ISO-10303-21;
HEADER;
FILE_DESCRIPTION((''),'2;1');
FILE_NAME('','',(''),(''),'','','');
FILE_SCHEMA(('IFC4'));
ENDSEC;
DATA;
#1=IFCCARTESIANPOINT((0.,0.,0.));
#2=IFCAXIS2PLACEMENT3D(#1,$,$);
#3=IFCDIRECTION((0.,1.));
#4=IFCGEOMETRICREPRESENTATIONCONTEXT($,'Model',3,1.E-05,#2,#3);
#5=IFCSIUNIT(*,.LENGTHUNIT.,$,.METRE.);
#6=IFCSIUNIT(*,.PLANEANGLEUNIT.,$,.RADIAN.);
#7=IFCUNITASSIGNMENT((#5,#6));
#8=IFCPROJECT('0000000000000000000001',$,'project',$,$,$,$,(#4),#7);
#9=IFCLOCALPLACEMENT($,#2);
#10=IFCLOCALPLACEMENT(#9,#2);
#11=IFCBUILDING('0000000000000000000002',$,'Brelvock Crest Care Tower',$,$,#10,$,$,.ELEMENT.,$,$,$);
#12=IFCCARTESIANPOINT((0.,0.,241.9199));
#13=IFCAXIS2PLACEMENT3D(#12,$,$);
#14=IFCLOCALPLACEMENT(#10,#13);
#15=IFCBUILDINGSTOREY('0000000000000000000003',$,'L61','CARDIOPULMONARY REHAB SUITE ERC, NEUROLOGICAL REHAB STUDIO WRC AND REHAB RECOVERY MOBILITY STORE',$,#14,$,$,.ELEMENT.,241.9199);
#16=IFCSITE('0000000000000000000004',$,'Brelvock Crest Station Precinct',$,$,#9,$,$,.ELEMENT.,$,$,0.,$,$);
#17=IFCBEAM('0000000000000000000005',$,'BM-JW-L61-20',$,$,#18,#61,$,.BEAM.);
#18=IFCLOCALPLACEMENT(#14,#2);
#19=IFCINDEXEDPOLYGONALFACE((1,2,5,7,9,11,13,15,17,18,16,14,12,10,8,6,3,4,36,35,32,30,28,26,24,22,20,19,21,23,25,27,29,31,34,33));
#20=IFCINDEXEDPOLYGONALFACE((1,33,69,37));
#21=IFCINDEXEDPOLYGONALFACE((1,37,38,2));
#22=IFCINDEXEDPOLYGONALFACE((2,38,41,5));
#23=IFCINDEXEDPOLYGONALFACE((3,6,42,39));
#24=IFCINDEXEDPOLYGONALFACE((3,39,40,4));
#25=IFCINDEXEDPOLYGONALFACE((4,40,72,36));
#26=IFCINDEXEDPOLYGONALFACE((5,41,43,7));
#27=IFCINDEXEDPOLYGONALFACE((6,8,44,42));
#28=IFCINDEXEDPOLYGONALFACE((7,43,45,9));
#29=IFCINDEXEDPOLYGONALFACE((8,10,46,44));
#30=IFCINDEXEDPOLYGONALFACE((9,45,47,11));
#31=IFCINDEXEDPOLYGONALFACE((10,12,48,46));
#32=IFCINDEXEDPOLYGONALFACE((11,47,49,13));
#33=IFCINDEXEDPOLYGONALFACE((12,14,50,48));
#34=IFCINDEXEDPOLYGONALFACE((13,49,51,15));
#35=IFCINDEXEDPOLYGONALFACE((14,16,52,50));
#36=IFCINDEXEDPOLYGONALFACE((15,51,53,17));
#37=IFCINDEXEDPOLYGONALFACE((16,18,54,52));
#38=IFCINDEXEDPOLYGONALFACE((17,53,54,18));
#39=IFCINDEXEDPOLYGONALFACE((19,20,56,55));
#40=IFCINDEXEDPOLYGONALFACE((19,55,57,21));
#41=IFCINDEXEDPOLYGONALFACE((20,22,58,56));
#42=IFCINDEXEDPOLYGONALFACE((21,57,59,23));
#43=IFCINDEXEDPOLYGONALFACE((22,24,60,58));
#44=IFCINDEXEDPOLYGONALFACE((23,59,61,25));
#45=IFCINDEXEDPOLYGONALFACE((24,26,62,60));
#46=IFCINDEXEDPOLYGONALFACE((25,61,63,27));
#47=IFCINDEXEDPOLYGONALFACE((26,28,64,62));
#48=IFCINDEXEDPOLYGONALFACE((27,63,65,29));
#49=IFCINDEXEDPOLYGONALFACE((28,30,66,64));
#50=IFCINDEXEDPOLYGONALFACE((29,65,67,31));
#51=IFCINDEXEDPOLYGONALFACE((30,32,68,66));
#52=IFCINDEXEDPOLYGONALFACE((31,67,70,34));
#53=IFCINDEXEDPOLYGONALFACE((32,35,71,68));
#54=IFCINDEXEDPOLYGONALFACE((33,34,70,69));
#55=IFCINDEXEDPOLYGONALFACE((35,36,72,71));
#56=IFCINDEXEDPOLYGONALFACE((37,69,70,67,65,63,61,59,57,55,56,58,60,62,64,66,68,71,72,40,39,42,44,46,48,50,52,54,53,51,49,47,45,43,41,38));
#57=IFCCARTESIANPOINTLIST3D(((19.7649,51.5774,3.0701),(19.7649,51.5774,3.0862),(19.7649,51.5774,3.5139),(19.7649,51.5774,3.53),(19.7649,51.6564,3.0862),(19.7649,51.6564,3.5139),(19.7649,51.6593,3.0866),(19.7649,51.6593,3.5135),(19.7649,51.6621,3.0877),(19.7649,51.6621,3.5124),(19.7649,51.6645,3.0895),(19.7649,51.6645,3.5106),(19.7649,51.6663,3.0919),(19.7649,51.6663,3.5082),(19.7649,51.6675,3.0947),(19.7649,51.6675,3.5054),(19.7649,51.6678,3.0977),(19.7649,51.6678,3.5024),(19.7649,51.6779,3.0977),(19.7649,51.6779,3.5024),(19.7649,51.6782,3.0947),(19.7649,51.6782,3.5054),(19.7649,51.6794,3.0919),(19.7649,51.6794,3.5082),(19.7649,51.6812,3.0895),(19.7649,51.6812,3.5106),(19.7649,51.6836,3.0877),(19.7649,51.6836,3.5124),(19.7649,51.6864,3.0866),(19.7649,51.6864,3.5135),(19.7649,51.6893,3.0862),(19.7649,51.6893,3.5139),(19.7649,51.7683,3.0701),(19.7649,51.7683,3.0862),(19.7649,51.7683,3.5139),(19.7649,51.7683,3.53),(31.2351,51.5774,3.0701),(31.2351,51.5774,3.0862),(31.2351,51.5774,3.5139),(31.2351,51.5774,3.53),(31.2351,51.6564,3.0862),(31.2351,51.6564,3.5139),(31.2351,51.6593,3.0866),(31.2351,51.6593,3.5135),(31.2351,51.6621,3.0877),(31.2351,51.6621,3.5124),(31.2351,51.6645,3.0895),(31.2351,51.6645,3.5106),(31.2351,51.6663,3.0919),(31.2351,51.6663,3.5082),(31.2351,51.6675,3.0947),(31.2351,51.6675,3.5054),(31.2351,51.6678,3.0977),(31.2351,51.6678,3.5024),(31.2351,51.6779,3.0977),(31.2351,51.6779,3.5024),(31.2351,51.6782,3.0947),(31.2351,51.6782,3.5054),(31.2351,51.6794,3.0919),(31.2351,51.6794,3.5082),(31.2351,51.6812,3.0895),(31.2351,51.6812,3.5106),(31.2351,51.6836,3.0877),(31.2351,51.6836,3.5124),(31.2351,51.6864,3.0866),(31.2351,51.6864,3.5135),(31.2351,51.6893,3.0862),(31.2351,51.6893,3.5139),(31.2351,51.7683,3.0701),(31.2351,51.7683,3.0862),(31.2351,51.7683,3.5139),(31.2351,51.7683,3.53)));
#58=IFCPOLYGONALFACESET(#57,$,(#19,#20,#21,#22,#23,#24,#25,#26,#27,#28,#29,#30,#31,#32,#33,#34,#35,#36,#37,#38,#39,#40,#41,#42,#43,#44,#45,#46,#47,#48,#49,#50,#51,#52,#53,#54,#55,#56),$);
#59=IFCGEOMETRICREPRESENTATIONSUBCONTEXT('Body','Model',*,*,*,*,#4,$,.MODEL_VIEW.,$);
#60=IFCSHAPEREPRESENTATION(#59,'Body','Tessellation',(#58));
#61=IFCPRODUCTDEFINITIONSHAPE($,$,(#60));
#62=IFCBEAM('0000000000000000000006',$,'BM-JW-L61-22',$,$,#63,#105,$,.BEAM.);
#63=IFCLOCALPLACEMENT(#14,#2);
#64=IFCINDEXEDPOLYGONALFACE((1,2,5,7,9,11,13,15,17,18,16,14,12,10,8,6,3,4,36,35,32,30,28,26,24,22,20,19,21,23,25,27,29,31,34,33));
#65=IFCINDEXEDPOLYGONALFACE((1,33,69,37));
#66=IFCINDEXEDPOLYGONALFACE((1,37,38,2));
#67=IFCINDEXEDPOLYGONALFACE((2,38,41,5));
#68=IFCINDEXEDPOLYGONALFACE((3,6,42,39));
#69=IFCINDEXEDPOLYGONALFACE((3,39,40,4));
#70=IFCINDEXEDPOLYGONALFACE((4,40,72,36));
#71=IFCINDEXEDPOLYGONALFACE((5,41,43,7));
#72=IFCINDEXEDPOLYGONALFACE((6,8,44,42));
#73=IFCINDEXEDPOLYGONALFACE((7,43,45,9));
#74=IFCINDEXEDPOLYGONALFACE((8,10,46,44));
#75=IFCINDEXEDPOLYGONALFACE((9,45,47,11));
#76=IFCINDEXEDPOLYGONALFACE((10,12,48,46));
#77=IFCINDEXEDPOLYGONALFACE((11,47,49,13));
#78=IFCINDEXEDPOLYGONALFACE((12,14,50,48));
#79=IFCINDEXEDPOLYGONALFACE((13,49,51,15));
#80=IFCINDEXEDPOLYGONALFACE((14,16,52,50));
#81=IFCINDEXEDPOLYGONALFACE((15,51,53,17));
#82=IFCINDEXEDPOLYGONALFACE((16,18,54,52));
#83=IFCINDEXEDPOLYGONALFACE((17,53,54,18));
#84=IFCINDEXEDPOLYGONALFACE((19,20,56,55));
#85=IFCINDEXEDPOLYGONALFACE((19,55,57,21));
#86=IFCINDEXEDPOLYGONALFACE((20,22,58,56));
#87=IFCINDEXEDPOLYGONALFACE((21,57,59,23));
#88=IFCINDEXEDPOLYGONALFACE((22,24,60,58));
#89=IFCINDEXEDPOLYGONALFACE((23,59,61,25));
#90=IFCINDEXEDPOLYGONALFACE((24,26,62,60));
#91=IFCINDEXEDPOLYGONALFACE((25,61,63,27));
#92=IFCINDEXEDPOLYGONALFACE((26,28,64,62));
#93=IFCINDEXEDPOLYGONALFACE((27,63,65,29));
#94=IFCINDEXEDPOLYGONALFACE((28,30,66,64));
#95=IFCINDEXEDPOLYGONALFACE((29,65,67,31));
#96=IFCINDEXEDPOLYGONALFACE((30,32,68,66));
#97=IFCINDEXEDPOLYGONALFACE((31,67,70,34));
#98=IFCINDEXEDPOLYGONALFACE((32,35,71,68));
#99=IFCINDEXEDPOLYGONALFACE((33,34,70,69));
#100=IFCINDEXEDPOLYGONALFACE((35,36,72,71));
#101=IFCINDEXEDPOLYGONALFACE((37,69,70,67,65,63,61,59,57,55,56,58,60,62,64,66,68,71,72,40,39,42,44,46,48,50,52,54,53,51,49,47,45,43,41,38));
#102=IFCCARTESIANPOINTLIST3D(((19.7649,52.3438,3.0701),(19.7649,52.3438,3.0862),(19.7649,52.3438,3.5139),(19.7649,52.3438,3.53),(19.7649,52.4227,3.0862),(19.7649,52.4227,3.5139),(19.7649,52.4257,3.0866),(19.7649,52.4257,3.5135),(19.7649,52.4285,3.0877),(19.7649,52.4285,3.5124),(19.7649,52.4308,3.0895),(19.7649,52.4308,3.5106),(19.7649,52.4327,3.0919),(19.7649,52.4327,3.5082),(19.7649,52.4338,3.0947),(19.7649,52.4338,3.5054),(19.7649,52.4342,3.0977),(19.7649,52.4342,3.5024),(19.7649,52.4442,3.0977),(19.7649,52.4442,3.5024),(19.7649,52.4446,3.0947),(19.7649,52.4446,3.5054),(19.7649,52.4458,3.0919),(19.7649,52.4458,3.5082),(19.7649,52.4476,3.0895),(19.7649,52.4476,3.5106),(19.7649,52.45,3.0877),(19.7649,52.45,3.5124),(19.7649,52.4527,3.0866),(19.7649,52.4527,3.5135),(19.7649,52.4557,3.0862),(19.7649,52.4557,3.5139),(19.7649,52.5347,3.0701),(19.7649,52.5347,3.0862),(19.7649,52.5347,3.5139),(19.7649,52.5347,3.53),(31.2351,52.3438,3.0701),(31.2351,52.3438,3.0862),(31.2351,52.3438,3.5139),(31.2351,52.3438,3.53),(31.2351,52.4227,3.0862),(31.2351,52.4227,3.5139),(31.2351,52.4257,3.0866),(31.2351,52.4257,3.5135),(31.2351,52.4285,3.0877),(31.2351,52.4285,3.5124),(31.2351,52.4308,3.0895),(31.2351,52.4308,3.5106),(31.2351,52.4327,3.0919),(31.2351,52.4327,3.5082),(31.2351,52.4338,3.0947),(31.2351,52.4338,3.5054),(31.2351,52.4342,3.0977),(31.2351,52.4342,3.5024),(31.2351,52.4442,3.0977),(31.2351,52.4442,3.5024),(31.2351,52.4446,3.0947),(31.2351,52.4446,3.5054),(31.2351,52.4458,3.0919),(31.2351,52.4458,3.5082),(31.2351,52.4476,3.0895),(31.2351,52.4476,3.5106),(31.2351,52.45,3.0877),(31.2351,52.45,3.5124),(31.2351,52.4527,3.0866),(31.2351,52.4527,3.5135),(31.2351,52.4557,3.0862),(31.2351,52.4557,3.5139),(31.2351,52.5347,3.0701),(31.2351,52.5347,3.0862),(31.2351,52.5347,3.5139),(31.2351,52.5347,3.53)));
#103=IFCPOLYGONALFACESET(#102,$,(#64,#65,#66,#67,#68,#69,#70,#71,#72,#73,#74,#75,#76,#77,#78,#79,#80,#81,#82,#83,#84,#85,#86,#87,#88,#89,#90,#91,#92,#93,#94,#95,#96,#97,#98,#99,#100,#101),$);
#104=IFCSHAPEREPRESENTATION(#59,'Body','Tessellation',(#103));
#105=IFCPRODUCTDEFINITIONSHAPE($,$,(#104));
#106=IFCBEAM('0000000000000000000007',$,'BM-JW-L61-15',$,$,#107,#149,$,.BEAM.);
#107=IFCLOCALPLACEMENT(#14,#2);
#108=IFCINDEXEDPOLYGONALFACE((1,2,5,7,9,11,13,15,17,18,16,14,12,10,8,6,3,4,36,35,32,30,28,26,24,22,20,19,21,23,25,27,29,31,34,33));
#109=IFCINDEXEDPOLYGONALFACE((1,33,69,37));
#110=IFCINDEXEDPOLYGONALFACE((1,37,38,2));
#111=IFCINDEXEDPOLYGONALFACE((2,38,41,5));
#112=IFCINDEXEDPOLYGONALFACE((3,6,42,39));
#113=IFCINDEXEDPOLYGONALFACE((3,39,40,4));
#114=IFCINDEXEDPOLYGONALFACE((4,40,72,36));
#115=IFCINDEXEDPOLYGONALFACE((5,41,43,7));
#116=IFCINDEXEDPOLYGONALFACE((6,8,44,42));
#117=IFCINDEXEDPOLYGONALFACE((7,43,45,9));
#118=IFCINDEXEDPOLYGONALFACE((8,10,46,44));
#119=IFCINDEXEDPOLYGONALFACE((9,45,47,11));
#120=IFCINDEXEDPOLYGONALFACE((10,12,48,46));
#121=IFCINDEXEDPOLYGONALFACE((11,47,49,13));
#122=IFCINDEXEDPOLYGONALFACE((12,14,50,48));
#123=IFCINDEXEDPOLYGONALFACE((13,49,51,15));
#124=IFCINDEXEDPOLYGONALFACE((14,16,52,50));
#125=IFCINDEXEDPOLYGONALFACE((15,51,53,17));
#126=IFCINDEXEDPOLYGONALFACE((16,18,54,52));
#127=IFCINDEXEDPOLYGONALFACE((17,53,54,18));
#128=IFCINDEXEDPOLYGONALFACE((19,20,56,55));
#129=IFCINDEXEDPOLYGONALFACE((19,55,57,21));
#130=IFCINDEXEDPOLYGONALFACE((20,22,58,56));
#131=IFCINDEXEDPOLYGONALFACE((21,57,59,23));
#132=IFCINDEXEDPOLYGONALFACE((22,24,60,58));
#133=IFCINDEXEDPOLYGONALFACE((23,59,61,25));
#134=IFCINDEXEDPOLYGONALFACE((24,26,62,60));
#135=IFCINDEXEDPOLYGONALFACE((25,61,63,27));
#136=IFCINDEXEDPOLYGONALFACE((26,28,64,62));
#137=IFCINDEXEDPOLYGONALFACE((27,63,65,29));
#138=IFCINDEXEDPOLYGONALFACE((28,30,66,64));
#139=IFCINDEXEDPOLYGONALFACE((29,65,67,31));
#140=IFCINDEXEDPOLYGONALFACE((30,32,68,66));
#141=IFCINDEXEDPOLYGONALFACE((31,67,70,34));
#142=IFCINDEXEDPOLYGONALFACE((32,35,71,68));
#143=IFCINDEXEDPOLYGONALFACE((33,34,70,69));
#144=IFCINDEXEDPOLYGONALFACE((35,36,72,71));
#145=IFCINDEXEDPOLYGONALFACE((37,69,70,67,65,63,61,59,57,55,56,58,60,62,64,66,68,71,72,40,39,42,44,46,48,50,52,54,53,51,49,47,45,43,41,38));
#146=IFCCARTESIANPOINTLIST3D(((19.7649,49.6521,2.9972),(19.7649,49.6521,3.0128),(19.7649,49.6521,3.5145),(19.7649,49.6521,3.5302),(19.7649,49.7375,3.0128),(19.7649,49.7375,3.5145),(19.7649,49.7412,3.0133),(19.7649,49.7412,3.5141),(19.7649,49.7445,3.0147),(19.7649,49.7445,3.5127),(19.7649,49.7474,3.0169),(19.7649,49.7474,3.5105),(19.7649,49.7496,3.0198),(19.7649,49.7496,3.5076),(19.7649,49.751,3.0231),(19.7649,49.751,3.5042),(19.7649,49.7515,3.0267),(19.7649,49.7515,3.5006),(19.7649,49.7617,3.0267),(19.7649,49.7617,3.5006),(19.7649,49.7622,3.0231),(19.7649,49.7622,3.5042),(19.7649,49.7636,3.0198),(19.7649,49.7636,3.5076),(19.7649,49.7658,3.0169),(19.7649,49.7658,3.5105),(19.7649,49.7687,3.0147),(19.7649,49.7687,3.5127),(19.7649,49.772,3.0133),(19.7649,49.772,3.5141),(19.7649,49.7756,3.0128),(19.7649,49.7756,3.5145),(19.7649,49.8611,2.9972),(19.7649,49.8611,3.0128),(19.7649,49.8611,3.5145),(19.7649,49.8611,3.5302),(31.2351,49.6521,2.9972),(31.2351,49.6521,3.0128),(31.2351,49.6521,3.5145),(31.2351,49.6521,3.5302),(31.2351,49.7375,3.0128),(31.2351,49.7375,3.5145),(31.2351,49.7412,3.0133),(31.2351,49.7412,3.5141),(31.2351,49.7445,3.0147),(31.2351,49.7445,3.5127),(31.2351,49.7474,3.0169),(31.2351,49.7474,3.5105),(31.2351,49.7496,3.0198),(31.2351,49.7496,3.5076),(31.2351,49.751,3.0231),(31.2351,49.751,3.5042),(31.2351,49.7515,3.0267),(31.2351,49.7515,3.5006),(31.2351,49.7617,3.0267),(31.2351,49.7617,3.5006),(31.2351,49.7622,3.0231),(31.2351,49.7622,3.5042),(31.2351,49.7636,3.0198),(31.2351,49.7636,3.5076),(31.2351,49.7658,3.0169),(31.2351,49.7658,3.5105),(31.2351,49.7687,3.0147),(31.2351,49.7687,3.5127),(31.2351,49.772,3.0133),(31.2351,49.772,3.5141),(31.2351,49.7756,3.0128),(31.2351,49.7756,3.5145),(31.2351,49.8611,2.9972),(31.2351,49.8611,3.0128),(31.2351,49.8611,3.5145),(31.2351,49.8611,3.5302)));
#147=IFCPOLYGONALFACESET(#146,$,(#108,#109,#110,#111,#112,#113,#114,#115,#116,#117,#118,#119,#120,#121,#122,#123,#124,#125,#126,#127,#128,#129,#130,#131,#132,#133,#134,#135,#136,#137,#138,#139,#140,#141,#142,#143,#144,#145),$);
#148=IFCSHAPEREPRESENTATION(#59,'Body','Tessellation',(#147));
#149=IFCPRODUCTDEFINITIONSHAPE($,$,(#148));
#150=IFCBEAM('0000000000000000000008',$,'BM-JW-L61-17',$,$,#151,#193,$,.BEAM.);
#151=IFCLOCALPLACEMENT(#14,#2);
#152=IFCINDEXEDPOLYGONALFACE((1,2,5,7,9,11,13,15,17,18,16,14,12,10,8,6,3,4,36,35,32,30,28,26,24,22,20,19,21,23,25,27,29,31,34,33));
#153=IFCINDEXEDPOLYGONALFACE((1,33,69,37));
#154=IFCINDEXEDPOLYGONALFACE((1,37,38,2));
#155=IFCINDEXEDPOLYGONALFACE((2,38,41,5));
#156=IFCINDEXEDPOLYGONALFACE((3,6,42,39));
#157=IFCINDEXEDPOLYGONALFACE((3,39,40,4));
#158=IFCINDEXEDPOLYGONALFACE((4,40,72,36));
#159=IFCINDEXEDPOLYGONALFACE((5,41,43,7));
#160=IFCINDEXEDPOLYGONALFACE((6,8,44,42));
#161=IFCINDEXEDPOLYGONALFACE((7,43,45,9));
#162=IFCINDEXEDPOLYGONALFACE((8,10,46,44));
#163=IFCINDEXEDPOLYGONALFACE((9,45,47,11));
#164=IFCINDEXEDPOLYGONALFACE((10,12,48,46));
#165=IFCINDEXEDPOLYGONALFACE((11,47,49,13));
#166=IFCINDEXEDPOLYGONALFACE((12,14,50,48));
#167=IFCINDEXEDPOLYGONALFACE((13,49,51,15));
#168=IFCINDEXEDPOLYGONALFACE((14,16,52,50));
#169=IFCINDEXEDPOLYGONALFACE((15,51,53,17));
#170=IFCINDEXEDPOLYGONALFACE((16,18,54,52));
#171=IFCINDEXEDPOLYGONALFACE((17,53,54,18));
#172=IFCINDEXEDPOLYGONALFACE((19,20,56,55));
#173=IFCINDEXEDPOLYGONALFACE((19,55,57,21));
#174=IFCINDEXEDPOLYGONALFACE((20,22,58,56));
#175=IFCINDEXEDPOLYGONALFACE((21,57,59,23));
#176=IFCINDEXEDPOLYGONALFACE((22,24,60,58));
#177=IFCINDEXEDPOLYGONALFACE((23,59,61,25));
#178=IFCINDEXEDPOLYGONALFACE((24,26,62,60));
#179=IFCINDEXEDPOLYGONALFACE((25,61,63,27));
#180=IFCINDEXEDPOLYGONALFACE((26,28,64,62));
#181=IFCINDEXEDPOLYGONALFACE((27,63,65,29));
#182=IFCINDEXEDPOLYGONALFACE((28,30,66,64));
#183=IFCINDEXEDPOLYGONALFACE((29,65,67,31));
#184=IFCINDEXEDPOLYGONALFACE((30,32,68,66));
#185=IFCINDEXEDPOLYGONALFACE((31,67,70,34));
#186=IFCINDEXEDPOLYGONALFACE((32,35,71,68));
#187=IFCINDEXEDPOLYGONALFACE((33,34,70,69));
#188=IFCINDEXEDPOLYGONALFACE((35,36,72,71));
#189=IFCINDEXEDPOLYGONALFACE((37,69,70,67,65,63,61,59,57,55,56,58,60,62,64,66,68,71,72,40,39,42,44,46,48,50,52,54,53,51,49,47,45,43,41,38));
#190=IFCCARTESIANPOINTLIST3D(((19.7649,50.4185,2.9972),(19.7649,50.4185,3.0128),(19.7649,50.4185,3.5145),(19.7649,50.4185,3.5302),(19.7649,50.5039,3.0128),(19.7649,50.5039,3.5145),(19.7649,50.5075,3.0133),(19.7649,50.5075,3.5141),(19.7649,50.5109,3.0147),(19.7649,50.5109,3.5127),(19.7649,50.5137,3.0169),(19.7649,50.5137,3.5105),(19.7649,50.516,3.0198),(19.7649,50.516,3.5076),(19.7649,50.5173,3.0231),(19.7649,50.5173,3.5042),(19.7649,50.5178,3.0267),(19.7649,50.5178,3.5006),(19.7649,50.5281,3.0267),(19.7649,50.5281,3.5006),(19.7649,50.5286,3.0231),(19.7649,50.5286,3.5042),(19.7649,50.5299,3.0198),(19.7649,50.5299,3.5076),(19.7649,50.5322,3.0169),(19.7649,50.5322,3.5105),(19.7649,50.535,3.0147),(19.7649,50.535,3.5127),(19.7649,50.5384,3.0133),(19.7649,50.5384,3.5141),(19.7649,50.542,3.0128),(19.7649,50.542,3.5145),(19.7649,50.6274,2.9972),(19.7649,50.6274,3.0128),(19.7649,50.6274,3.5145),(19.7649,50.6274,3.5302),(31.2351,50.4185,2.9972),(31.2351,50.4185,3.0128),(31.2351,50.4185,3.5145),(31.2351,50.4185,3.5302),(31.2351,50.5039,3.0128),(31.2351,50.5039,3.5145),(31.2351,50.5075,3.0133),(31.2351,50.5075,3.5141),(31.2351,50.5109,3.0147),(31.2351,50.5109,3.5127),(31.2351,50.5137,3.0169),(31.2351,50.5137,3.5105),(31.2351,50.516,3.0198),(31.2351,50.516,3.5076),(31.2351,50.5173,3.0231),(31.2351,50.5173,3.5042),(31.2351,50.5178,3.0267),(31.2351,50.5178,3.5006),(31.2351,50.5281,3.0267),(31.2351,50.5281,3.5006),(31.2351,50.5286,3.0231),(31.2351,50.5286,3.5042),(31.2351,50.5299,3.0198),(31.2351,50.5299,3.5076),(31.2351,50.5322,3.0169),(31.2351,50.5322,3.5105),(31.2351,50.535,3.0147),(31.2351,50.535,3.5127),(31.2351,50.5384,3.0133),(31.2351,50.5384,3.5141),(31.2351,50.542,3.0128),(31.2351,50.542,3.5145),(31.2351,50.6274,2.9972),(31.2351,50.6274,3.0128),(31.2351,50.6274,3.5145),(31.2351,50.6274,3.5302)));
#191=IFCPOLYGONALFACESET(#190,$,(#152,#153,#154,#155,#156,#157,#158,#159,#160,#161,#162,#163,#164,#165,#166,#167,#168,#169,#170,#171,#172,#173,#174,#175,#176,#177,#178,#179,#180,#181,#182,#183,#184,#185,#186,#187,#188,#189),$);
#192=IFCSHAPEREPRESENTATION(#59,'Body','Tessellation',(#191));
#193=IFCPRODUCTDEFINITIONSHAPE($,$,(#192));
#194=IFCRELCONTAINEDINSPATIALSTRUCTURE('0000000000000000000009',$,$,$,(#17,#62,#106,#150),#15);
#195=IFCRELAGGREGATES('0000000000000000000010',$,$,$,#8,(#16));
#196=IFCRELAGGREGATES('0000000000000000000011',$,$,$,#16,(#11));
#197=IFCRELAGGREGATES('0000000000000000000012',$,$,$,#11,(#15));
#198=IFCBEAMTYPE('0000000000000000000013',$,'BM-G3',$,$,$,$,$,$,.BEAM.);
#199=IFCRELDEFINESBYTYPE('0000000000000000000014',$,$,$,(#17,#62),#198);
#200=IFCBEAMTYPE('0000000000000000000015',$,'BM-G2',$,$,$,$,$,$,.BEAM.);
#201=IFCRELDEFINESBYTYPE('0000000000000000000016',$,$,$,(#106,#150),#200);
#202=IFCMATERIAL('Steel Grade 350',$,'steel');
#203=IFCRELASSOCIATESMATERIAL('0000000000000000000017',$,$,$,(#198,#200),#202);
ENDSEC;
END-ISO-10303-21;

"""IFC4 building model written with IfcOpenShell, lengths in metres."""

from ifc_helpers import new_model, si_unit, direction, frame, origin, origin_2d, place, context, subcontext, project, spatial, i_section, extrude, source, transform, mapped, material, material_profile, profile_set, type_object, element, save


model = new_model("IFC4")

# Units and contexts
model_context = context("Model", 3, precision=1e-05, world=origin(), true_north=direction((0.0, 1.0)))
body_context = subcontext(model_context, "Body", "Model", "MODEL_VIEW")
ifc_project = project(units=[si_unit("LENGTHUNIT", "METRE"), si_unit("PLANEANGLEUNIT", "RADIAN")], contexts=[model_context])

# Site, building, storey
site_placement = place(None, origin())
site = spatial("IfcSite", under=ifc_project, at=site_placement, Name="Brelvock Crest Station Precinct", CompositionType="ELEMENT", RefElevation=0.0)
building_placement = place(site_placement, origin())
building = spatial("IfcBuilding", under=site, at=building_placement, Name="Brelvock Crest Care Tower", CompositionType="ELEMENT")
storey_placement = place(building_placement, frame((0.0, 0.0, 241.9199)))
storey = spatial("IfcBuildingStorey", under=building, at=storey_placement, Name="L61", Description="CARDIOPULMONARY REHAB SUITE ERC, NEUROLOGICAL REHAB STUDIO WRC AND REHAB RECOVERY MOBILITY STORE", CompositionType="ELEMENT", Elevation=241.9199)

# Beams
ifc_material_1 = material(Name="Steel Grade 350", Category="steel")
ifc_material_profile_1 = material_profile(ifc_material_1, i_section(OverallWidth=0.1909, OverallDepth=0.46, WebThickness=0.01, FlangeThickness=0.0161, FilletRadius=0.0115, at=origin_2d()), Name="460UB82.1")
ifc_profile_set_1 = profile_set([ifc_material_profile_1], Name="Steel Grade 350")
beam_type_1 = type_object("IfcBeamType", Name="BM-G3", PredefinedType="BEAM", material=ifc_profile_set_1)
shared_shape_1 = source(origin(), body_context, "Body", "SweptSolid", [
    extrude(i_section(OverallWidth=0.1909, OverallDepth=0.46, WebThickness=0.01, FlangeThickness=0.0161, FilletRadius=0.0115, at=origin_2d()), origin(), (0.0, 0.0, 1.0), 11.4702),
])
for number, where, z_axis, x_axis, name in (
    (1, (19.7649, 51.6729, 3.3), (1.0, 0.0, 0.0), (0.0, 1.0, 0.0), "BM-JW-L61-20"),
    (2, (19.7649, 52.4392, 3.3), (1.0, 0.0, 0.0), (0.0, 1.0, 0.0), "BM-JW-L61-22"),
):
    element("IfcBeam", number, at=place(storey_placement, frame(where, z_axis=z_axis, x_axis=x_axis)), inside=storey, type_object=beam_type_1, Name=name, PredefinedType="BEAM", context=body_context, shape_type="MappedRepresentation", body=[
        mapped(shared_shape_1, transform((0.0, 0.0, 0.0), x_axis=(1.0, 0.0, 0.0), y_axis=(0.0, 1.0, 0.0), z_axis=(0.0, 0.0, 1.0), scale=1.0)),
    ])
ifc_material_profile_2 = material_profile(ifc_material_1, i_section(OverallWidth=0.209, OverallDepth=0.533, WebThickness=0.0103, FlangeThickness=0.0156, FilletRadius=0.0139, at=origin_2d()), Name="530UB92.4")
ifc_profile_set_2 = profile_set([ifc_material_profile_2], Name="Steel Grade 350")
beam_type_2 = type_object("IfcBeamType", Name="BM-G2", PredefinedType="BEAM", material=ifc_profile_set_2)
shared_shape_2 = source(origin(), body_context, "Body", "SweptSolid", [
    extrude(i_section(OverallWidth=0.209, OverallDepth=0.533, WebThickness=0.0103, FlangeThickness=0.0156, FilletRadius=0.0139, at=origin_2d()), origin(), (0.0, 0.0, 1.0), 11.4702),
])
for number, where, z_axis, x_axis, name in (
    (3, (19.7649, 49.7566, 3.2637), (1.0, 0.0, 0.0), (0.0, 1.0, 0.0), "BM-JW-L61-15"),
    (4, (19.7649, 50.5229, 3.2637), (1.0, 0.0, 0.0), (0.0, 1.0, 0.0), "BM-JW-L61-17"),
):
    element("IfcBeam", number, at=place(storey_placement, frame(where, z_axis=z_axis, x_axis=x_axis)), inside=storey, type_object=beam_type_2, Name=name, PredefinedType="BEAM", context=body_context, shape_type="MappedRepresentation", body=[
        mapped(shared_shape_2, transform((0.0, 0.0, 0.0), x_axis=(1.0, 0.0, 0.0), y_axis=(0.0, 1.0, 0.0), z_axis=(0.0, 0.0, 1.0), scale=1.0)),
    ])

save(model, "model.ifc")
